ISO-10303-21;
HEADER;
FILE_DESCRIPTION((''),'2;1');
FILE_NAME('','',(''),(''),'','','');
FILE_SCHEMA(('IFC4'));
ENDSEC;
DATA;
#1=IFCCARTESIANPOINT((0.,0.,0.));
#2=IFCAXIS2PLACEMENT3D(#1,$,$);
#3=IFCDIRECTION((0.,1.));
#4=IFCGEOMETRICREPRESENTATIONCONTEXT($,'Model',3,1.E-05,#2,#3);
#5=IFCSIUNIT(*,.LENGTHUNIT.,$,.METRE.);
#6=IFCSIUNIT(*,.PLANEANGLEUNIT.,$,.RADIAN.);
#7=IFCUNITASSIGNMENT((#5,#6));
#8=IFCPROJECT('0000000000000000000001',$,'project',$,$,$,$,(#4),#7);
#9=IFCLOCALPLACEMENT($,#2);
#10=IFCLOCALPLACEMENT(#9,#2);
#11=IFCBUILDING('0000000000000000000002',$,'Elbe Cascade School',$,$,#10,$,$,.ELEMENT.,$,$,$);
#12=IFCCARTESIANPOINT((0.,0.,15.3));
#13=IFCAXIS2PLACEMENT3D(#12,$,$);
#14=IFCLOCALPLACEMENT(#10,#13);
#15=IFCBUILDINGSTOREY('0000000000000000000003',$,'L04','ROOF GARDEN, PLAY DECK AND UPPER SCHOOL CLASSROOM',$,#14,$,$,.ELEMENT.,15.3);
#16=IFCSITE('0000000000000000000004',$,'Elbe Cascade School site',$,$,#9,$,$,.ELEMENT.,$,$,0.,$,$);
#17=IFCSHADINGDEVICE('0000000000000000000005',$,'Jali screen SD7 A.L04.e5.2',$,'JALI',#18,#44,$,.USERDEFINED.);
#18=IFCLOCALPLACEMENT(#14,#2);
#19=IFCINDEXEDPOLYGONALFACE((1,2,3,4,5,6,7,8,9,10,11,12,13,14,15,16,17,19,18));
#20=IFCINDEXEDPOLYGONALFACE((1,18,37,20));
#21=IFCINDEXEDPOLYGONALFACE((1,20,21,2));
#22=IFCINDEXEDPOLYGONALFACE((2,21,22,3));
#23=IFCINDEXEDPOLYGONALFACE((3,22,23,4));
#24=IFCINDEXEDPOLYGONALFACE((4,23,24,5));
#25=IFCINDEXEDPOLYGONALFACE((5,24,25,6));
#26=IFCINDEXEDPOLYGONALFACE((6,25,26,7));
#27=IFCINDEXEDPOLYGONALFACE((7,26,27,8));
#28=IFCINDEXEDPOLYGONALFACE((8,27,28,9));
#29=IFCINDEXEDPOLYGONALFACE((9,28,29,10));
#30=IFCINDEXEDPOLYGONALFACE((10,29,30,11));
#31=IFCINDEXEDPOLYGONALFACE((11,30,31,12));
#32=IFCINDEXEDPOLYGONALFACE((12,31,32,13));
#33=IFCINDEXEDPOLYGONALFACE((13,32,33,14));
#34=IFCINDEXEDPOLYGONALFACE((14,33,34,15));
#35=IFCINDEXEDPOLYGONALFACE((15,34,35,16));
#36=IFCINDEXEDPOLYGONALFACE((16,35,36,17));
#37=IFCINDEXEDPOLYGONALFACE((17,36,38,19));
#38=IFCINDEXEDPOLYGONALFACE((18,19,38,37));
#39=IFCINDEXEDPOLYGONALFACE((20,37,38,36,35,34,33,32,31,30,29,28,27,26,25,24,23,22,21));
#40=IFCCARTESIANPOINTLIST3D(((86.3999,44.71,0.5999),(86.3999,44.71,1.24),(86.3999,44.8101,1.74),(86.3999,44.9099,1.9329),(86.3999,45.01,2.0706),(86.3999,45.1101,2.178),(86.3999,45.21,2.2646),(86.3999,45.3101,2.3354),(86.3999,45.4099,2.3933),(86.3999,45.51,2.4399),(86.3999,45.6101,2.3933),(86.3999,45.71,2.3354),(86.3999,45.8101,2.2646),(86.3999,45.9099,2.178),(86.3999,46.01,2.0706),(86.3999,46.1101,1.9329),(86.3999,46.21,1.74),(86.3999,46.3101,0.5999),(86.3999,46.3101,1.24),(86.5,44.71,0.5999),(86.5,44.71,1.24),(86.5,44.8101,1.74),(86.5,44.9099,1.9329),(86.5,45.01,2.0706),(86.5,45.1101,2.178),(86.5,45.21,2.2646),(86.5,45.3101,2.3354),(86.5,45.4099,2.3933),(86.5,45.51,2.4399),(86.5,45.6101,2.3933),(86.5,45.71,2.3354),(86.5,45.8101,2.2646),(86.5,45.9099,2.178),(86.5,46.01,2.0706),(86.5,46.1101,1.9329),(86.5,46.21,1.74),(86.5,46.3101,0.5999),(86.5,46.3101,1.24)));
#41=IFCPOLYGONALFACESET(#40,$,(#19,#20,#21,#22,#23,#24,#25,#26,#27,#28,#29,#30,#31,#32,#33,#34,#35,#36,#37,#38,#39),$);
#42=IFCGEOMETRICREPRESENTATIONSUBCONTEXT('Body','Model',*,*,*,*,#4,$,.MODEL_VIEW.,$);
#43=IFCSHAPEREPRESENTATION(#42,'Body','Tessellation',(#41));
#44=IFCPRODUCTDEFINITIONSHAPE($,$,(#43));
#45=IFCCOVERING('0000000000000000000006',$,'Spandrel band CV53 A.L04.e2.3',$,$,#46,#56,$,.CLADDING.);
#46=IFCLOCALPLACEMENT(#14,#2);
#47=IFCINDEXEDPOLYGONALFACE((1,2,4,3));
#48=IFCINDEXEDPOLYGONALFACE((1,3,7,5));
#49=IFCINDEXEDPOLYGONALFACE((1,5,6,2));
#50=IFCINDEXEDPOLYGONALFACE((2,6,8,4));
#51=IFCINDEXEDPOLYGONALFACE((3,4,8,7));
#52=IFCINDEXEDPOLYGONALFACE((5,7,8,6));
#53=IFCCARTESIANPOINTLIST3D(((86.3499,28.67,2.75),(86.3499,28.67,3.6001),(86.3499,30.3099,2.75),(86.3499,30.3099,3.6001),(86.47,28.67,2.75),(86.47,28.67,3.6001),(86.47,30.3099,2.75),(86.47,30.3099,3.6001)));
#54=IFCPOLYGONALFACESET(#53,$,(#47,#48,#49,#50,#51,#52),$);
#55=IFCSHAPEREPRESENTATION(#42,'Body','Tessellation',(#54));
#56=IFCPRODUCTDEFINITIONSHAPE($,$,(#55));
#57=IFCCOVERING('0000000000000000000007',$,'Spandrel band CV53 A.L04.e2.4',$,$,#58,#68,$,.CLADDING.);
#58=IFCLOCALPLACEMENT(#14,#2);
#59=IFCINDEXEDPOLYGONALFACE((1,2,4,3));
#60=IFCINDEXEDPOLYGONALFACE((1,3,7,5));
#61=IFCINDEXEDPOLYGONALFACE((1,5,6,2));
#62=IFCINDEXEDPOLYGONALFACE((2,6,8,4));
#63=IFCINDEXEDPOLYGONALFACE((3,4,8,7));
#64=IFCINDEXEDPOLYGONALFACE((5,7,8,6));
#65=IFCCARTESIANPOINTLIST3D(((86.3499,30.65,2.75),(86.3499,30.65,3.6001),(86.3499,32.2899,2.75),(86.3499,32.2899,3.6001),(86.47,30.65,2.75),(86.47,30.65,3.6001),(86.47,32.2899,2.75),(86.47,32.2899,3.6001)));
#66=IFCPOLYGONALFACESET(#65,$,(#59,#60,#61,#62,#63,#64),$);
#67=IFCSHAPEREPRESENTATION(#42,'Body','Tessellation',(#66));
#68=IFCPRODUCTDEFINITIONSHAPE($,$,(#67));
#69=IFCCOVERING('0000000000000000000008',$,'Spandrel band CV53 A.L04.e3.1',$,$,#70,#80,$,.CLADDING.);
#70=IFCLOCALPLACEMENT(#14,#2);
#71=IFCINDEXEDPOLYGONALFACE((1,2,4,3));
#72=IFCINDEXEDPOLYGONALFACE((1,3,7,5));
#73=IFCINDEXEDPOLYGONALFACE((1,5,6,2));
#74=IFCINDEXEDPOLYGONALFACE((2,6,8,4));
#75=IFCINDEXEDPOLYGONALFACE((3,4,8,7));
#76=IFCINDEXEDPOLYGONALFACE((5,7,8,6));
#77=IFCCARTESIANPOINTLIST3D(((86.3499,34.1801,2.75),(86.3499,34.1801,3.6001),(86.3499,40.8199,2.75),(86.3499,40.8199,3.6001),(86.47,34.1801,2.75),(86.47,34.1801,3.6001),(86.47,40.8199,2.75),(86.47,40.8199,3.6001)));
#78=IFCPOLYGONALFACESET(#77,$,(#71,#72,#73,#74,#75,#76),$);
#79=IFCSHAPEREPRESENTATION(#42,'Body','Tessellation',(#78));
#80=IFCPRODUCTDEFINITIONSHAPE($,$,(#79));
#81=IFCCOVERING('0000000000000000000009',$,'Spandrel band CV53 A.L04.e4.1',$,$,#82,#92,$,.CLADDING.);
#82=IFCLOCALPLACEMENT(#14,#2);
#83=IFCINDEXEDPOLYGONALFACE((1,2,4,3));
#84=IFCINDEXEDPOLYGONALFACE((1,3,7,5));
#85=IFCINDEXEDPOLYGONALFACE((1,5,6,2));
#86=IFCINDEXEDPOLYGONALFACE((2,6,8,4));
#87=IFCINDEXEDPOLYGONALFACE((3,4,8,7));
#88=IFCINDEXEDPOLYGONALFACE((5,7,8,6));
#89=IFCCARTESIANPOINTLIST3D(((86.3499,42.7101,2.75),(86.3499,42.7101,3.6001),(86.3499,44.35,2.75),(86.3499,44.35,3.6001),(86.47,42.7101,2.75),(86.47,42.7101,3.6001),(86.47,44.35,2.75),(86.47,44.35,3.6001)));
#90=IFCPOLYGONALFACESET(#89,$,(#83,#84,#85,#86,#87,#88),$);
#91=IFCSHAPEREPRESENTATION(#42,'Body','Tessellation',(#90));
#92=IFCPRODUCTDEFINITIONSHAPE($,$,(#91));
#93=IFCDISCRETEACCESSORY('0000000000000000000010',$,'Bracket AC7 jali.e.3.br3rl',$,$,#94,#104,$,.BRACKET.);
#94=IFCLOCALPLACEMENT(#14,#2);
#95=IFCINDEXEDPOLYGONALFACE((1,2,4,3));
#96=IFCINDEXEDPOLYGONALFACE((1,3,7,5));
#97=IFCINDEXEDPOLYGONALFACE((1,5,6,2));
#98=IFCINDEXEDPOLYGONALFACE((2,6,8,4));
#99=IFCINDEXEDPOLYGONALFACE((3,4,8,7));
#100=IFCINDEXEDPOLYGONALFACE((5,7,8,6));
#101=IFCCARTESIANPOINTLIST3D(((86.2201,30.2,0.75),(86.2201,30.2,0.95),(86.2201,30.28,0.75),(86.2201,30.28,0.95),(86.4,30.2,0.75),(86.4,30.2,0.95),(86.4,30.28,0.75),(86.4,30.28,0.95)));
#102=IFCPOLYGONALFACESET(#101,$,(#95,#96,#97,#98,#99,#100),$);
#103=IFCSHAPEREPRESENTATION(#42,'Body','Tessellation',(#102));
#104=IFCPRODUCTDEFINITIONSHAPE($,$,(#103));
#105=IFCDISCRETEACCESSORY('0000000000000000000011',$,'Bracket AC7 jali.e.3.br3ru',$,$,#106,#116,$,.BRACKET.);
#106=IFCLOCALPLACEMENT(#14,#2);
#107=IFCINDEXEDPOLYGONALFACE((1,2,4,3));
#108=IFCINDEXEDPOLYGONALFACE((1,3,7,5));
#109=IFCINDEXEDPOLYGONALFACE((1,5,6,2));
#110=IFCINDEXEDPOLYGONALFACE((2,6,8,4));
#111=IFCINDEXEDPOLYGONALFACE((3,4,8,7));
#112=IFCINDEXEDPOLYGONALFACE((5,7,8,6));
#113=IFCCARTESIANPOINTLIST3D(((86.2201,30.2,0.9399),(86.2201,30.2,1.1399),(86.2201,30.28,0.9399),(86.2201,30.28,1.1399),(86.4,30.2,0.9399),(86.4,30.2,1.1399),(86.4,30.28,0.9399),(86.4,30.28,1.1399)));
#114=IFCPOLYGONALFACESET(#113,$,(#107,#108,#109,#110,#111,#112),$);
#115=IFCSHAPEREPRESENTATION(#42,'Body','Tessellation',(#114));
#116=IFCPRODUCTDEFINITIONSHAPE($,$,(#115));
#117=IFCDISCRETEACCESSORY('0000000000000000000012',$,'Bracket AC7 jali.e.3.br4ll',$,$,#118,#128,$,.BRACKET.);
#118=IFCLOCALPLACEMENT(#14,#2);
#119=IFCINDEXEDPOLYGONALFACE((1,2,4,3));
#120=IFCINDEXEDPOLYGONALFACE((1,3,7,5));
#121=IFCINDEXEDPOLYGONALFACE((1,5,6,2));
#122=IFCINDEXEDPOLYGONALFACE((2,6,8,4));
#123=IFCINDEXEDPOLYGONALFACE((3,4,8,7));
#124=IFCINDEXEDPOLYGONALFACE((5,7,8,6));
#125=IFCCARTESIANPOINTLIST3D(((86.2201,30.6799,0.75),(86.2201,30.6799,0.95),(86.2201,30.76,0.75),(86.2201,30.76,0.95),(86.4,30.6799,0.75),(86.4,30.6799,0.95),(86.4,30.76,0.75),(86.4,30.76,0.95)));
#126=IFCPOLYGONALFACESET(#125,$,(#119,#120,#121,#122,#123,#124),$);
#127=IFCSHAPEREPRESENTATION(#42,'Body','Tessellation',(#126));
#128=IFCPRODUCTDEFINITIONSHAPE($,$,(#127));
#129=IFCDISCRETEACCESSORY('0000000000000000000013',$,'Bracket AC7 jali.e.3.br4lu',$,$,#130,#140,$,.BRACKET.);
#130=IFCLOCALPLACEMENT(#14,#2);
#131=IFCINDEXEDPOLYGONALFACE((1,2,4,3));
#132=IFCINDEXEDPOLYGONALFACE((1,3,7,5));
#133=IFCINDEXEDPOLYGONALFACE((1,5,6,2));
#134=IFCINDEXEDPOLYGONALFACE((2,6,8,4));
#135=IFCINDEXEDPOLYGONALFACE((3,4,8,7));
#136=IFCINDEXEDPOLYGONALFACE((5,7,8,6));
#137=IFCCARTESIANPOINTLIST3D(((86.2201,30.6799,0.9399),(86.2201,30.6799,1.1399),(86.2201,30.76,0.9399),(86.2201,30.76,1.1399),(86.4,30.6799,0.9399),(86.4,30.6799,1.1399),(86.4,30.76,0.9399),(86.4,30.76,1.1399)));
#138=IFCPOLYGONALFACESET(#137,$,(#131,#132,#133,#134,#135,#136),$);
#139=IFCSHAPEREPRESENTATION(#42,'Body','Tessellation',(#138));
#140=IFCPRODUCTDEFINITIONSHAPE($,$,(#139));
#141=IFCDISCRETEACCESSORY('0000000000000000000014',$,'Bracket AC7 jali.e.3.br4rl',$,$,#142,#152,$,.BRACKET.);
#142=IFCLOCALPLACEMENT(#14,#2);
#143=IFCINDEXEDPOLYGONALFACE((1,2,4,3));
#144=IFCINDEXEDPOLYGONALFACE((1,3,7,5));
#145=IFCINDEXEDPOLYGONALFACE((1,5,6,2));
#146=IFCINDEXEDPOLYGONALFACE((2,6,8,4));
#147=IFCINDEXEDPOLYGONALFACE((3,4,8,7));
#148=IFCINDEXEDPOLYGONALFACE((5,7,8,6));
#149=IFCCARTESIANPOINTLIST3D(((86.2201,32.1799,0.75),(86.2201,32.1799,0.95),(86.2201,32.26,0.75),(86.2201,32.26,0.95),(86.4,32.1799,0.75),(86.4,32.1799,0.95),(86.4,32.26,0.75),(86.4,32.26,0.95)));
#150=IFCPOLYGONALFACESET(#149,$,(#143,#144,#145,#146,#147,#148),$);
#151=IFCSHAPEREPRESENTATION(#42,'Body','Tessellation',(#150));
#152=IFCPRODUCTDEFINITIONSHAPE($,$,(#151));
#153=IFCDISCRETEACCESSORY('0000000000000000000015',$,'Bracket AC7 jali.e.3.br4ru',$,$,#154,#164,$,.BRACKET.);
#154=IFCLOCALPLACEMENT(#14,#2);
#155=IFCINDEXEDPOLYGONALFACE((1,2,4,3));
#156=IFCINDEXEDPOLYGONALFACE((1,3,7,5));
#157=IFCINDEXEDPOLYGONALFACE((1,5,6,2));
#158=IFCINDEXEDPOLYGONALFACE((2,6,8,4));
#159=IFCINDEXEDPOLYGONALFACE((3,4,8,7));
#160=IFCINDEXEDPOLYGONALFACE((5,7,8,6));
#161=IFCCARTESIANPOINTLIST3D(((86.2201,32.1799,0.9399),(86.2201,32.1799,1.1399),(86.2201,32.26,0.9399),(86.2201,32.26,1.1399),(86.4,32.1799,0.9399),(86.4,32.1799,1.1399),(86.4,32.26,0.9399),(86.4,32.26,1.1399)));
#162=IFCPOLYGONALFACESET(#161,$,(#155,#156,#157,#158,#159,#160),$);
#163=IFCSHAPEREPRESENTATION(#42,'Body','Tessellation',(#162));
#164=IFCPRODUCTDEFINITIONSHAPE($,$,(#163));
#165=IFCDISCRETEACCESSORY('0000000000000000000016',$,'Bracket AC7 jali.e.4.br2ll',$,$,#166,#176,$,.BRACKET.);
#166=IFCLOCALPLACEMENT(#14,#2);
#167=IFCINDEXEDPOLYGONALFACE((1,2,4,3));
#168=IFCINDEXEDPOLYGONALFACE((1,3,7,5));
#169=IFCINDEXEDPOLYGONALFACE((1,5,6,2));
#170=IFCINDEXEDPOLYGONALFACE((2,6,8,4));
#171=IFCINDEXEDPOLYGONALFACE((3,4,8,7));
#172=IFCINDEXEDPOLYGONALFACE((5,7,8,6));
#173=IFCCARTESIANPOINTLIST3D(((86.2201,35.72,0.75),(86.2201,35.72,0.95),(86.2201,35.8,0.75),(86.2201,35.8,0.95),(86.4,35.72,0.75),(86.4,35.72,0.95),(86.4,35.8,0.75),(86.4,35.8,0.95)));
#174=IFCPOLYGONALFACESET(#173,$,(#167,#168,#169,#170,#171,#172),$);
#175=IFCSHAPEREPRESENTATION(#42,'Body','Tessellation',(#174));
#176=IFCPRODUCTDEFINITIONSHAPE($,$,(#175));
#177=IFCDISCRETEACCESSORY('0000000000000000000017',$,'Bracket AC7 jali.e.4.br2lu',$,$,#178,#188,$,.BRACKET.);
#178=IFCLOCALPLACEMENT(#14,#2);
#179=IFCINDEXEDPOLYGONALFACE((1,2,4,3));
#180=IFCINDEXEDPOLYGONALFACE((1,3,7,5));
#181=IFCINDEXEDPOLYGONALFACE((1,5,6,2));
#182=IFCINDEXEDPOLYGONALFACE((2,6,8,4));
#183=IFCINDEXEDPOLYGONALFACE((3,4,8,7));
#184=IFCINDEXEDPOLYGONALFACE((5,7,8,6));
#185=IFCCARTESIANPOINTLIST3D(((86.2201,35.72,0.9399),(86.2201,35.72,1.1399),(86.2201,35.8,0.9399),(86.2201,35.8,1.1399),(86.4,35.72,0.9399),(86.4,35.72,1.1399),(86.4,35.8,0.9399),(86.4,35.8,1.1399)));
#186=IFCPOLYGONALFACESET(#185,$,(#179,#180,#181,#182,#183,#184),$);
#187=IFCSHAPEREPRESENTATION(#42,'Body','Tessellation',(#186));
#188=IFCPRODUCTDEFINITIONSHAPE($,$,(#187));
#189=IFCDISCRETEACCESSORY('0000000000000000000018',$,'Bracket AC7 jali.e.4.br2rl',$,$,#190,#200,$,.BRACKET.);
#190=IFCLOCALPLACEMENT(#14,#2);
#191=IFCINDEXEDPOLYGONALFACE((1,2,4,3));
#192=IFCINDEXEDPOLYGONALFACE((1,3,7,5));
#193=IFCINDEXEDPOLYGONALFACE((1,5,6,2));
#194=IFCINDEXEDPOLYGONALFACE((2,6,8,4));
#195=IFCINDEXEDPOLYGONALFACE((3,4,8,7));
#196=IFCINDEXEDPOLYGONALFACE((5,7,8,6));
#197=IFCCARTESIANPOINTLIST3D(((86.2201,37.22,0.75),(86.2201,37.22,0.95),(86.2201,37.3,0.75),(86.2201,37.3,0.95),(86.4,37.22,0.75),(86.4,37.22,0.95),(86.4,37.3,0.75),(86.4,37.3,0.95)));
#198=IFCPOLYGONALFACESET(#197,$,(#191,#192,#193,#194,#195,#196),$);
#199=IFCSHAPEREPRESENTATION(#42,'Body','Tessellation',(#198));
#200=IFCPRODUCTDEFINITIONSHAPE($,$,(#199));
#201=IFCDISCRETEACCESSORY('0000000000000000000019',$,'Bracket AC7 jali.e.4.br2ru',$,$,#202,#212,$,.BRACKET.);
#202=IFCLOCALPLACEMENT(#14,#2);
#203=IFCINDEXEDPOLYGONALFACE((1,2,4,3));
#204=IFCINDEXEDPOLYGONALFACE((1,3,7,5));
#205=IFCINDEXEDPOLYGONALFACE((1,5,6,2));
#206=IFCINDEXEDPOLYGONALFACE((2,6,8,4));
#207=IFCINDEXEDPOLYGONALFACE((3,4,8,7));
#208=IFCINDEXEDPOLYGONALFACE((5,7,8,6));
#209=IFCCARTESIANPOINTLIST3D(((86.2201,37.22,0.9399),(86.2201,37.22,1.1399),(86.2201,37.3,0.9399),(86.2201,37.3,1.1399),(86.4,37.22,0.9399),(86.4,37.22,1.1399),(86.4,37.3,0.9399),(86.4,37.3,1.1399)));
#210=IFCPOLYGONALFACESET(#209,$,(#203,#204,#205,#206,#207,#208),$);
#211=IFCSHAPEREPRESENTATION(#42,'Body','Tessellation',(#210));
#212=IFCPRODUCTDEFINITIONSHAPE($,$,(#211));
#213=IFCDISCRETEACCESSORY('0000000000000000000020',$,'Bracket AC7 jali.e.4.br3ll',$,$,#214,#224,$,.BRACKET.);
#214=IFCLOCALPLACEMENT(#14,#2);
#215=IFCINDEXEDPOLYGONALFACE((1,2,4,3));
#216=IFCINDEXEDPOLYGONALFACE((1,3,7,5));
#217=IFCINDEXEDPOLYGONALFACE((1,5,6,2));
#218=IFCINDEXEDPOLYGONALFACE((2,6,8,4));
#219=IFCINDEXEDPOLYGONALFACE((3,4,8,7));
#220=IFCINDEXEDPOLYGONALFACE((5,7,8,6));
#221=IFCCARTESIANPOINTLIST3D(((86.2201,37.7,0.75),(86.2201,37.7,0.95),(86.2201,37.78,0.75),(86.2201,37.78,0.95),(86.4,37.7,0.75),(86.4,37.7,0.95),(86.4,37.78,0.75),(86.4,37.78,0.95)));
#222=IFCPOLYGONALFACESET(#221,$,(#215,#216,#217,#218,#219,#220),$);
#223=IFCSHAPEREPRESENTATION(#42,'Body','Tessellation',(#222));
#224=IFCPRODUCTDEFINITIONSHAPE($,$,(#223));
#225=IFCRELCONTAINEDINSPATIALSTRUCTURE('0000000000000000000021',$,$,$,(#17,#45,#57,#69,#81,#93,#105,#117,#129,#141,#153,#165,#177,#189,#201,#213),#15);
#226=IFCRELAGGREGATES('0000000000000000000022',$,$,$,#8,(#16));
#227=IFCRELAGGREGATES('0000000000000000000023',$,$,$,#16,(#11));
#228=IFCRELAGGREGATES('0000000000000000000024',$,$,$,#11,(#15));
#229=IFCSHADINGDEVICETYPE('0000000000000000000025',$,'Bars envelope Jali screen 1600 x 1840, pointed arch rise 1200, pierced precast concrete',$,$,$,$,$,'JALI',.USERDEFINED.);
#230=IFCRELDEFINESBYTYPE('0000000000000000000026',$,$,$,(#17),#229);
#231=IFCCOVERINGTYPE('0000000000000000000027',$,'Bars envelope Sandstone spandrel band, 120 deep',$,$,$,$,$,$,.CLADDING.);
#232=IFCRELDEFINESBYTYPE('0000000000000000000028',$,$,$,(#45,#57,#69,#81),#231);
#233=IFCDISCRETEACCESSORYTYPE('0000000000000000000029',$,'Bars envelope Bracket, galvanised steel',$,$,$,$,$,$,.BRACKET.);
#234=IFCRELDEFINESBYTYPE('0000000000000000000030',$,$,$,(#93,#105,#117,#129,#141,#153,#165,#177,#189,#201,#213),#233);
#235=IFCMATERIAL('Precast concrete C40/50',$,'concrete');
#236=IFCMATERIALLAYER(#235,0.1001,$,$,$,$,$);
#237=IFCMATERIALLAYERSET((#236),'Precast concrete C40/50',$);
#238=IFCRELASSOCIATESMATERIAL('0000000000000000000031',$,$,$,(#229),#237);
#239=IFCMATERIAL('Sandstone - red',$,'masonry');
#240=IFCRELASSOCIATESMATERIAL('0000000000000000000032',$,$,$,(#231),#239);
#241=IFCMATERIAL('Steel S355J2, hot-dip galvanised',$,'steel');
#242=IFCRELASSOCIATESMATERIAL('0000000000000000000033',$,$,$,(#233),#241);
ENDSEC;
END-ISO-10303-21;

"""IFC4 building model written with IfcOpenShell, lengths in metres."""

from ifc_helpers import new_model, si_unit, direction, frame, origin, origin_2d, place, context, subcontext, project, spatial, polyline, rectangle, outline, extrude, material, layer, layer_set, type_object, element, save


model = new_model("IFC4")

# Units and contexts
model_context = context("Model", 3, precision=1e-05, world=origin(), true_north=direction((0.0, 1.0)))
body_context = subcontext(model_context, "Body", "Model", "MODEL_VIEW")
ifc_project = project(units=[si_unit("LENGTHUNIT", "METRE"), si_unit("PLANEANGLEUNIT", "RADIAN")], contexts=[model_context])

# Site, building, storey
site_placement = place(None, origin())
site = spatial("IfcSite", under=ifc_project, at=site_placement, Name="Elbe Cascade School site", CompositionType="ELEMENT", RefElevation=0.0)
building_placement = place(site_placement, origin())
building = spatial("IfcBuilding", under=site, at=building_placement, Name="Elbe Cascade School", CompositionType="ELEMENT")
storey_placement = place(building_placement, frame((0.0, 0.0, 15.3)))
storey = spatial("IfcBuildingStorey", under=building, at=storey_placement, Name="L04", Description="ROOF GARDEN, PLAY DECK AND UPPER SCHOOL CLASSROOM", CompositionType="ELEMENT", Elevation=15.3)

# Shading device
ifc_material_1 = material(Name="Precast concrete C40/50", Category="concrete")
ifc_layer_1 = layer(ifc_material_1, 0.1001)
ifc_layer_set_1 = layer_set([ifc_layer_1], Name="Precast concrete C40/50")
shading_device_type_1 = type_object("IfcShadingDeviceType", Name="Bars envelope Jali screen 1600 x 1840, pointed arch rise 1200, pierced precast concrete", ElementType="JALI", PredefinedType="USERDEFINED", material=ifc_layer_set_1)
shading_device_1_placement = place(storey_placement, frame((86.5, 44.71, 0.5999), z_axis=(1.0, 0.0, 0.0), x_axis=(0.0, 1.0, 0.0)))
element("IfcShadingDevice", 1, at=shading_device_1_placement, inside=storey, type_object=shading_device_type_1, Name="Jali screen SD7 A.L04.e5.2", ObjectType="JALI", PredefinedType="USERDEFINED", context=body_context, shape_type="SweptSolid", body=[
    extrude(outline(polyline([(0.0, 0.0), (1.6001, 0.0), (1.6001, 0.6401), (1.5, 1.1401), (1.4001, 1.333), (1.3, 1.4707), (1.2, 1.5781), (1.1001, 1.6648), (1.0, 1.7356), (0.9001, 1.7935), (0.8, 1.8401), (0.7, 1.7935), (0.6001, 1.7356), (0.5, 1.6648), (0.4001, 1.5781), (0.3, 1.4707), (0.2, 1.333), (0.1001, 1.1401), (0.0, 0.6401), (0.0, 0.0)])), origin(), (0.0, 0.0, -1.0), 0.1001),
])

# Coverings
ifc_material_2 = material(Name="Sandstone - red", Category="masonry")
covering_type = type_object("IfcCoveringType", Name="Bars envelope Sandstone spandrel band, 120 deep", PredefinedType="CLADDING", material=ifc_material_2)
for number, where, z_axis, x_axis, name in (
    (2, (86.4099, 29.49, 2.75), (0.0, 0.0, 1.0), (0.0, 1.0, 0.0), "Spandrel band CV53 A.L04.e2.3"),
    (3, (86.4099, 31.47, 2.75), (0.0, 0.0, 1.0), (0.0, 1.0, 0.0), "Spandrel band CV53 A.L04.e2.4"),
):
    element("IfcCovering", number, at=place(storey_placement, frame(where, z_axis=z_axis, x_axis=x_axis)), inside=storey, type_object=covering_type, Name=name, PredefinedType="CLADDING", context=body_context, shape_type="SweptSolid", body=[
        extrude(rectangle(XDim=1.6399, YDim=0.1201, at=origin_2d()), origin(), (0.0, 0.0, 1.0), 0.8501),
    ])
covering_1_placement = place(storey_placement, frame((86.4099, 37.5, 2.75), z_axis=(0.0, 0.0, 1.0), x_axis=(0.0, 1.0, 0.0)))
element("IfcCovering", 4, at=covering_1_placement, inside=storey, type_object=covering_type, Name="Spandrel band CV53 A.L04.e3.1", PredefinedType="CLADDING", context=body_context, shape_type="SweptSolid", body=[
    extrude(rectangle(XDim=6.6399, YDim=0.1201, at=origin_2d()), origin(), (0.0, 0.0, 1.0), 0.8501),
])
covering_2_placement = place(storey_placement, frame((86.4099, 43.53, 2.75), z_axis=(0.0, 0.0, 1.0), x_axis=(0.0, 1.0, 0.0)))
element("IfcCovering", 5, at=covering_2_placement, inside=storey, type_object=covering_type, Name="Spandrel band CV53 A.L04.e4.1", PredefinedType="CLADDING", context=body_context, shape_type="SweptSolid", body=[
    extrude(rectangle(XDim=1.6399, YDim=0.1201, at=origin_2d()), origin(), (0.0, 0.0, 1.0), 0.8501),
])

# Discrete accessories
ifc_material_3 = material(Name="Steel S355J2, hot-dip galvanised", Category="steel")
discrete_accessory_type = type_object("IfcDiscreteAccessoryType", Name="Bars envelope Bracket, galvanised steel", PredefinedType="BRACKET", material=ifc_material_3)
for number, where, z_axis, x_axis, name in (
    (6, (86.3101, 30.24, 0.75), (0.0, 0.0, 1.0), (0.0, 1.0, 0.0), "Bracket AC7 jali.e.3.br3rl"),
    (7, (86.3101, 30.24, 0.9399), (0.0, 0.0, 1.0), (0.0, 1.0, 0.0), "Bracket AC7 jali.e.3.br3ru"),
    (8, (86.3101, 30.72, 0.75), (0.0, 0.0, 1.0), (0.0, 1.0, 0.0), "Bracket AC7 jali.e.3.br4ll"),
    (9, (86.3101, 30.72, 0.9399), (0.0, 0.0, 1.0), (0.0, 1.0, 0.0), "Bracket AC7 jali.e.3.br4lu"),
    (10, (86.3101, 32.22, 0.75), (0.0, 0.0, 1.0), (0.0, 1.0, 0.0), "Bracket AC7 jali.e.3.br4rl"),
    (11, (86.3101, 32.22, 0.9399), (0.0, 0.0, 1.0), (0.0, 1.0, 0.0), "Bracket AC7 jali.e.3.br4ru"),
    (12, (86.3101, 35.76, 0.75), (0.0, 0.0, 1.0), (0.0, 1.0, 0.0), "Bracket AC7 jali.e.4.br2ll"),
    (13, (86.3101, 35.76, 0.9399), (0.0, 0.0, 1.0), (0.0, 1.0, 0.0), "Bracket AC7 jali.e.4.br2lu"),
    (14, (86.3101, 37.26, 0.75), (0.0, 0.0, 1.0), (0.0, 1.0, 0.0), "Bracket AC7 jali.e.4.br2rl"),
    (15, (86.3101, 37.26, 0.9399), (0.0, 0.0, 1.0), (0.0, 1.0, 0.0), "Bracket AC7 jali.e.4.br2ru"),
    (16, (86.3101, 37.74, 0.75), (0.0, 0.0, 1.0), (0.0, 1.0, 0.0), "Bracket AC7 jali.e.4.br3ll"),
):
    element("IfcDiscreteAccessory", number, at=place(storey_placement, frame(where, z_axis=z_axis, x_axis=x_axis)), inside=storey, type_object=discrete_accessory_type, Name=name, PredefinedType="BRACKET", context=body_context, shape_type="SweptSolid", body=[
        extrude(rectangle(XDim=0.0801, YDim=0.1799, at=origin_2d()), origin(), (0.0, 0.0, 1.0), 0.2),
    ])

save(model, "model.ifc")
